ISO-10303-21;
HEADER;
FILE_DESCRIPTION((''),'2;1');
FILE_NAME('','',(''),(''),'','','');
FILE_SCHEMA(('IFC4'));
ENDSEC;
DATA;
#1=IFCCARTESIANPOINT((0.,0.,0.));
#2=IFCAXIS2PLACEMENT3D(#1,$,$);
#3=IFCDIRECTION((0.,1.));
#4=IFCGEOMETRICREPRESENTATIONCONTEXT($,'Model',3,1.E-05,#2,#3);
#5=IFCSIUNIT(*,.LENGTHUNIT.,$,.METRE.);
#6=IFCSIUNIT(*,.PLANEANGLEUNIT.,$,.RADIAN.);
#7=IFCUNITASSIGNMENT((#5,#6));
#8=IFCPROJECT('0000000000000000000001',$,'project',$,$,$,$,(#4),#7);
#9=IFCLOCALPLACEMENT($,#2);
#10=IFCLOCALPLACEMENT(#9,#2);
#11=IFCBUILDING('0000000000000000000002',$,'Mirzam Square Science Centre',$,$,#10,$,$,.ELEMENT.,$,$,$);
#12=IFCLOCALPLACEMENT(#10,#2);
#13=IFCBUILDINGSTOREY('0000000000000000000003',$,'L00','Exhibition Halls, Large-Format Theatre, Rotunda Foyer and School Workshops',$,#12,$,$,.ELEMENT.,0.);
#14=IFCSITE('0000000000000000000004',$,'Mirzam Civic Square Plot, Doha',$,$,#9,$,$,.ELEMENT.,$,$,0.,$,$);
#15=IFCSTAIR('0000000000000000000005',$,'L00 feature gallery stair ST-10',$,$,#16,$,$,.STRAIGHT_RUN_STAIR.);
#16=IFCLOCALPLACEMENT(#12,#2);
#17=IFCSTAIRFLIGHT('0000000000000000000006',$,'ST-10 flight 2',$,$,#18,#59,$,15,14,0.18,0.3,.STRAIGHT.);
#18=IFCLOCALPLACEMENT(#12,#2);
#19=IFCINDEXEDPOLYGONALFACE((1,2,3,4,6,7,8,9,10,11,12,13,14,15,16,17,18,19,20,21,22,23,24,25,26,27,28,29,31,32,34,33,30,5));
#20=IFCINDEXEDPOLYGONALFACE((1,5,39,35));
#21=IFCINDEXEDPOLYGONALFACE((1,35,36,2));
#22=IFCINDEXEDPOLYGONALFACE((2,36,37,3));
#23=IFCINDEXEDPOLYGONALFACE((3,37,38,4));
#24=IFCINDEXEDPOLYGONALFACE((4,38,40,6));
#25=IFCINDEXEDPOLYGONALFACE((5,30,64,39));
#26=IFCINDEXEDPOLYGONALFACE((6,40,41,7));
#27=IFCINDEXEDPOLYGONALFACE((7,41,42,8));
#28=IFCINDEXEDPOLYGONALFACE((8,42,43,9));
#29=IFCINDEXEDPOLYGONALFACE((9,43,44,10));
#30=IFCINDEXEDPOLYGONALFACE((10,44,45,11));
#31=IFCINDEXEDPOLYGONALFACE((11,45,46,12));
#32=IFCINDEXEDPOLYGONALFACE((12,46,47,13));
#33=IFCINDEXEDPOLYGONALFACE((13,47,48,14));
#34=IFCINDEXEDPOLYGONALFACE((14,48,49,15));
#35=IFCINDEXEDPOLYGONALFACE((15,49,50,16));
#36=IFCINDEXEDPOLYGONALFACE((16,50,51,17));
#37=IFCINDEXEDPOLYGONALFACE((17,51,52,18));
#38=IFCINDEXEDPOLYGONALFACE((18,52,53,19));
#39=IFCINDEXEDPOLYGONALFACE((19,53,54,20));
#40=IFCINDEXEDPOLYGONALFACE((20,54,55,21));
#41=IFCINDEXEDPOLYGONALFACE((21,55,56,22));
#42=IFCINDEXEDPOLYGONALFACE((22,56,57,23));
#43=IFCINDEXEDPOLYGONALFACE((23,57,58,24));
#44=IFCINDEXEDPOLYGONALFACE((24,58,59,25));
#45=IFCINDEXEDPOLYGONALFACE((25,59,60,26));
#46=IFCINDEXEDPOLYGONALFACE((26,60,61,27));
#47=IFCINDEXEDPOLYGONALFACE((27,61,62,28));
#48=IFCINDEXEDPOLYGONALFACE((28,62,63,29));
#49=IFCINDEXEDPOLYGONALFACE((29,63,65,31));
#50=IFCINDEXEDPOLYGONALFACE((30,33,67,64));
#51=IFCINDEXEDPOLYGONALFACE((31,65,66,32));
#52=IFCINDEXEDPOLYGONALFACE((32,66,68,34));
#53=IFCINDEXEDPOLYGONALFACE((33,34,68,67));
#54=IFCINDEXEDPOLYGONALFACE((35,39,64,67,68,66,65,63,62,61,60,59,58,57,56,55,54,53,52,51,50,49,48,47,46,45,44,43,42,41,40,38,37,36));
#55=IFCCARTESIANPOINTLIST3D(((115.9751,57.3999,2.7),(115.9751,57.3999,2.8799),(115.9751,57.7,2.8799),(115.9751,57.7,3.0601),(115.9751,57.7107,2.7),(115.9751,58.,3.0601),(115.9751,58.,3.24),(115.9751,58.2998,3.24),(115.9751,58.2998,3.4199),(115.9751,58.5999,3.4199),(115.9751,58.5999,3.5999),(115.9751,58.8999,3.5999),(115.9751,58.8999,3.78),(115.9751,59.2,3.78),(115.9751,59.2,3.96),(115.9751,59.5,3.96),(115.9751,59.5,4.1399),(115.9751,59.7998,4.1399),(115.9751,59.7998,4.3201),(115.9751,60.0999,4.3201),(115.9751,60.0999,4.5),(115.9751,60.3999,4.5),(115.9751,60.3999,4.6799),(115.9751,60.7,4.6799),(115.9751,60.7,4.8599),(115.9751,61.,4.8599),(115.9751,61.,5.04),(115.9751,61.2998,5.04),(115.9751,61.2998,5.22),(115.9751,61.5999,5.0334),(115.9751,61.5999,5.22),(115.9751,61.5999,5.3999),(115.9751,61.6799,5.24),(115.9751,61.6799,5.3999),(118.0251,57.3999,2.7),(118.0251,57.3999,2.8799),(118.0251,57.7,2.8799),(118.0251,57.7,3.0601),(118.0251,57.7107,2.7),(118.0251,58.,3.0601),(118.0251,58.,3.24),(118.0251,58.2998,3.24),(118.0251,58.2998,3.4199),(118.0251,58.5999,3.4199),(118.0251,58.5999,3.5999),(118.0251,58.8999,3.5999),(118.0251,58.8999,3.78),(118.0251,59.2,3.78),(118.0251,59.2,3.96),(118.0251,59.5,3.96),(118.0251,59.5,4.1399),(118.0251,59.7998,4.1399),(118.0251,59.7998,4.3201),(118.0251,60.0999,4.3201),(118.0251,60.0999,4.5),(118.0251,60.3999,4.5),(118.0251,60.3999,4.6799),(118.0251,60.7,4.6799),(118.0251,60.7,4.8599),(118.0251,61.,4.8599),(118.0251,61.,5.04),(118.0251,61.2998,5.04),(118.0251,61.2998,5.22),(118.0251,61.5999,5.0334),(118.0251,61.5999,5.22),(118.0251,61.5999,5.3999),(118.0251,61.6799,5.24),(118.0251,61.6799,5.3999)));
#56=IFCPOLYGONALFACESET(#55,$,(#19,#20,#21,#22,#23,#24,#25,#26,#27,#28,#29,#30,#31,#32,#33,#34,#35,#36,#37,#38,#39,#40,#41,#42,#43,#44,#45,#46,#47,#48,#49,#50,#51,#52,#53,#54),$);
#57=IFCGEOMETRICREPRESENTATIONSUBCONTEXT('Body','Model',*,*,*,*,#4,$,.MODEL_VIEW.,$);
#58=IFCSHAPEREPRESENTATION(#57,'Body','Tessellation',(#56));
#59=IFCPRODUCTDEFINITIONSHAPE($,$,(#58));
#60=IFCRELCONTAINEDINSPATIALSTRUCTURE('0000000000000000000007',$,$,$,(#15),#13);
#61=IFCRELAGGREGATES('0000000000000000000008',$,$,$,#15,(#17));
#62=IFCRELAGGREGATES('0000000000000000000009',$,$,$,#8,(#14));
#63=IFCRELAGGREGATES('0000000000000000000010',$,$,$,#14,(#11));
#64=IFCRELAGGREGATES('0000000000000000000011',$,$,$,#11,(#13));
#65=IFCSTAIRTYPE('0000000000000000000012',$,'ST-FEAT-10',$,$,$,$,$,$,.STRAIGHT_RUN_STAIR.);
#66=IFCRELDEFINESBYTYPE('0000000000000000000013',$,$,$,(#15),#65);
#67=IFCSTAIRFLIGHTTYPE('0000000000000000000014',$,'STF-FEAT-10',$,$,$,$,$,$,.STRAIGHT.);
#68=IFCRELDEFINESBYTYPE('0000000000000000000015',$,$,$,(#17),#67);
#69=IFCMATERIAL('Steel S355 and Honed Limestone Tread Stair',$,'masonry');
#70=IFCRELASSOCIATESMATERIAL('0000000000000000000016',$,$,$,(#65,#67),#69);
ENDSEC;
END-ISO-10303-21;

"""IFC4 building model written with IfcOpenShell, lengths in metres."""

from ifc_helpers import new_model, si_unit, direction, frame, origin, place, context, subcontext, project, spatial, polyline, outline, extrude, material, type_object, element, aggregate, save


model = new_model("IFC4")

# Units and contexts
model_context = context("Model", 3, precision=1e-05, world=origin(), true_north=direction((0.0, 1.0)))
body_context = subcontext(model_context, "Body", "Model", "MODEL_VIEW")
ifc_project = project(units=[si_unit("LENGTHUNIT", "METRE"), si_unit("PLANEANGLEUNIT", "RADIAN")], contexts=[model_context])

# Site, building, storey
site_placement = place(None, origin())
site = spatial("IfcSite", under=ifc_project, at=site_placement, Name="Mirzam Civic Square Plot, Doha", CompositionType="ELEMENT", RefElevation=0.0)
building_placement = place(site_placement, origin())
building = spatial("IfcBuilding", under=site, at=building_placement, Name="Mirzam Square Science Centre", CompositionType="ELEMENT")
storey_placement = place(building_placement, origin())
storey = spatial("IfcBuildingStorey", under=building, at=storey_placement, Name="L00", Description="Exhibition Halls, Large-Format Theatre, Rotunda Foyer and School Workshops", CompositionType="ELEMENT", Elevation=0.0)

# Stair, stair flight
ifc_material_1 = material(Name="Steel S355 and Honed Limestone Tread Stair", Category="masonry")
stair_type = type_object("IfcStairType", Name="ST-FEAT-10", PredefinedType="STRAIGHT_RUN_STAIR", material=ifc_material_1)
stair_placement = place(storey_placement, origin())
stair = element("IfcStair", 1, at=stair_placement, inside=storey, type_object=stair_type, Name="L00 feature gallery stair ST-10", PredefinedType="STRAIGHT_RUN_STAIR")
stair_flight_type = type_object("IfcStairFlightType", Name="STF-FEAT-10", PredefinedType="STRAIGHT", material=ifc_material_1)
stair_flight_placement = place(storey_placement, frame((117.0, 57.3999, 2.7), z_axis=(0.0, 0.0, 1.0), x_axis=(0.0, 1.0, 0.0)))
stair_flight = element("IfcStairFlight", 2, at=stair_flight_placement, type_object=stair_flight_type, Name="ST-10 flight 2", NumberOfRisers=15, NumberOfTreads=14, PredefinedType="STRAIGHT", RiserHeight=0.18, TreadLength=0.3, context=body_context, shape_type="SweptSolid", body=[
    extrude(outline(polyline([(0.0, 0.0), (0.0, 0.1799), (0.3, 0.1799), (0.3, 0.3601), (0.6001, 0.3601), (0.6001, 0.54), (0.8999, 0.54), (0.8999, 0.72), (1.2, 0.72), (1.2, 0.8999), (1.5, 0.8999), (1.5, 1.0801), (1.8, 1.0801), (1.8, 1.26), (2.1001, 1.26), (2.1001, 1.4399), (2.3999, 1.4399), (2.3999, 1.6201), (2.7, 1.6201), (2.7, 1.8), (3.0, 1.8), (3.0, 1.98), (3.3, 1.98), (3.3, 2.1599), (3.6001, 2.1599), (3.6001, 2.3401), (3.8999, 2.3401), (3.8999, 2.52), (4.2, 2.52), (4.2, 2.7), (4.28, 2.7), (4.28, 2.54), (4.2, 2.3335), (0.3108, 0.0), (0.0, 0.0)])), frame((0.0, 1.0249, 0.0), z_axis=(0.0, -1.0, 0.0), x_axis=(1.0, 0.0, 0.0)), (0.0, 0.0, 1.0), 2.05),
])
aggregate(stair, [stair_flight])

save(model, "model.ifc")
